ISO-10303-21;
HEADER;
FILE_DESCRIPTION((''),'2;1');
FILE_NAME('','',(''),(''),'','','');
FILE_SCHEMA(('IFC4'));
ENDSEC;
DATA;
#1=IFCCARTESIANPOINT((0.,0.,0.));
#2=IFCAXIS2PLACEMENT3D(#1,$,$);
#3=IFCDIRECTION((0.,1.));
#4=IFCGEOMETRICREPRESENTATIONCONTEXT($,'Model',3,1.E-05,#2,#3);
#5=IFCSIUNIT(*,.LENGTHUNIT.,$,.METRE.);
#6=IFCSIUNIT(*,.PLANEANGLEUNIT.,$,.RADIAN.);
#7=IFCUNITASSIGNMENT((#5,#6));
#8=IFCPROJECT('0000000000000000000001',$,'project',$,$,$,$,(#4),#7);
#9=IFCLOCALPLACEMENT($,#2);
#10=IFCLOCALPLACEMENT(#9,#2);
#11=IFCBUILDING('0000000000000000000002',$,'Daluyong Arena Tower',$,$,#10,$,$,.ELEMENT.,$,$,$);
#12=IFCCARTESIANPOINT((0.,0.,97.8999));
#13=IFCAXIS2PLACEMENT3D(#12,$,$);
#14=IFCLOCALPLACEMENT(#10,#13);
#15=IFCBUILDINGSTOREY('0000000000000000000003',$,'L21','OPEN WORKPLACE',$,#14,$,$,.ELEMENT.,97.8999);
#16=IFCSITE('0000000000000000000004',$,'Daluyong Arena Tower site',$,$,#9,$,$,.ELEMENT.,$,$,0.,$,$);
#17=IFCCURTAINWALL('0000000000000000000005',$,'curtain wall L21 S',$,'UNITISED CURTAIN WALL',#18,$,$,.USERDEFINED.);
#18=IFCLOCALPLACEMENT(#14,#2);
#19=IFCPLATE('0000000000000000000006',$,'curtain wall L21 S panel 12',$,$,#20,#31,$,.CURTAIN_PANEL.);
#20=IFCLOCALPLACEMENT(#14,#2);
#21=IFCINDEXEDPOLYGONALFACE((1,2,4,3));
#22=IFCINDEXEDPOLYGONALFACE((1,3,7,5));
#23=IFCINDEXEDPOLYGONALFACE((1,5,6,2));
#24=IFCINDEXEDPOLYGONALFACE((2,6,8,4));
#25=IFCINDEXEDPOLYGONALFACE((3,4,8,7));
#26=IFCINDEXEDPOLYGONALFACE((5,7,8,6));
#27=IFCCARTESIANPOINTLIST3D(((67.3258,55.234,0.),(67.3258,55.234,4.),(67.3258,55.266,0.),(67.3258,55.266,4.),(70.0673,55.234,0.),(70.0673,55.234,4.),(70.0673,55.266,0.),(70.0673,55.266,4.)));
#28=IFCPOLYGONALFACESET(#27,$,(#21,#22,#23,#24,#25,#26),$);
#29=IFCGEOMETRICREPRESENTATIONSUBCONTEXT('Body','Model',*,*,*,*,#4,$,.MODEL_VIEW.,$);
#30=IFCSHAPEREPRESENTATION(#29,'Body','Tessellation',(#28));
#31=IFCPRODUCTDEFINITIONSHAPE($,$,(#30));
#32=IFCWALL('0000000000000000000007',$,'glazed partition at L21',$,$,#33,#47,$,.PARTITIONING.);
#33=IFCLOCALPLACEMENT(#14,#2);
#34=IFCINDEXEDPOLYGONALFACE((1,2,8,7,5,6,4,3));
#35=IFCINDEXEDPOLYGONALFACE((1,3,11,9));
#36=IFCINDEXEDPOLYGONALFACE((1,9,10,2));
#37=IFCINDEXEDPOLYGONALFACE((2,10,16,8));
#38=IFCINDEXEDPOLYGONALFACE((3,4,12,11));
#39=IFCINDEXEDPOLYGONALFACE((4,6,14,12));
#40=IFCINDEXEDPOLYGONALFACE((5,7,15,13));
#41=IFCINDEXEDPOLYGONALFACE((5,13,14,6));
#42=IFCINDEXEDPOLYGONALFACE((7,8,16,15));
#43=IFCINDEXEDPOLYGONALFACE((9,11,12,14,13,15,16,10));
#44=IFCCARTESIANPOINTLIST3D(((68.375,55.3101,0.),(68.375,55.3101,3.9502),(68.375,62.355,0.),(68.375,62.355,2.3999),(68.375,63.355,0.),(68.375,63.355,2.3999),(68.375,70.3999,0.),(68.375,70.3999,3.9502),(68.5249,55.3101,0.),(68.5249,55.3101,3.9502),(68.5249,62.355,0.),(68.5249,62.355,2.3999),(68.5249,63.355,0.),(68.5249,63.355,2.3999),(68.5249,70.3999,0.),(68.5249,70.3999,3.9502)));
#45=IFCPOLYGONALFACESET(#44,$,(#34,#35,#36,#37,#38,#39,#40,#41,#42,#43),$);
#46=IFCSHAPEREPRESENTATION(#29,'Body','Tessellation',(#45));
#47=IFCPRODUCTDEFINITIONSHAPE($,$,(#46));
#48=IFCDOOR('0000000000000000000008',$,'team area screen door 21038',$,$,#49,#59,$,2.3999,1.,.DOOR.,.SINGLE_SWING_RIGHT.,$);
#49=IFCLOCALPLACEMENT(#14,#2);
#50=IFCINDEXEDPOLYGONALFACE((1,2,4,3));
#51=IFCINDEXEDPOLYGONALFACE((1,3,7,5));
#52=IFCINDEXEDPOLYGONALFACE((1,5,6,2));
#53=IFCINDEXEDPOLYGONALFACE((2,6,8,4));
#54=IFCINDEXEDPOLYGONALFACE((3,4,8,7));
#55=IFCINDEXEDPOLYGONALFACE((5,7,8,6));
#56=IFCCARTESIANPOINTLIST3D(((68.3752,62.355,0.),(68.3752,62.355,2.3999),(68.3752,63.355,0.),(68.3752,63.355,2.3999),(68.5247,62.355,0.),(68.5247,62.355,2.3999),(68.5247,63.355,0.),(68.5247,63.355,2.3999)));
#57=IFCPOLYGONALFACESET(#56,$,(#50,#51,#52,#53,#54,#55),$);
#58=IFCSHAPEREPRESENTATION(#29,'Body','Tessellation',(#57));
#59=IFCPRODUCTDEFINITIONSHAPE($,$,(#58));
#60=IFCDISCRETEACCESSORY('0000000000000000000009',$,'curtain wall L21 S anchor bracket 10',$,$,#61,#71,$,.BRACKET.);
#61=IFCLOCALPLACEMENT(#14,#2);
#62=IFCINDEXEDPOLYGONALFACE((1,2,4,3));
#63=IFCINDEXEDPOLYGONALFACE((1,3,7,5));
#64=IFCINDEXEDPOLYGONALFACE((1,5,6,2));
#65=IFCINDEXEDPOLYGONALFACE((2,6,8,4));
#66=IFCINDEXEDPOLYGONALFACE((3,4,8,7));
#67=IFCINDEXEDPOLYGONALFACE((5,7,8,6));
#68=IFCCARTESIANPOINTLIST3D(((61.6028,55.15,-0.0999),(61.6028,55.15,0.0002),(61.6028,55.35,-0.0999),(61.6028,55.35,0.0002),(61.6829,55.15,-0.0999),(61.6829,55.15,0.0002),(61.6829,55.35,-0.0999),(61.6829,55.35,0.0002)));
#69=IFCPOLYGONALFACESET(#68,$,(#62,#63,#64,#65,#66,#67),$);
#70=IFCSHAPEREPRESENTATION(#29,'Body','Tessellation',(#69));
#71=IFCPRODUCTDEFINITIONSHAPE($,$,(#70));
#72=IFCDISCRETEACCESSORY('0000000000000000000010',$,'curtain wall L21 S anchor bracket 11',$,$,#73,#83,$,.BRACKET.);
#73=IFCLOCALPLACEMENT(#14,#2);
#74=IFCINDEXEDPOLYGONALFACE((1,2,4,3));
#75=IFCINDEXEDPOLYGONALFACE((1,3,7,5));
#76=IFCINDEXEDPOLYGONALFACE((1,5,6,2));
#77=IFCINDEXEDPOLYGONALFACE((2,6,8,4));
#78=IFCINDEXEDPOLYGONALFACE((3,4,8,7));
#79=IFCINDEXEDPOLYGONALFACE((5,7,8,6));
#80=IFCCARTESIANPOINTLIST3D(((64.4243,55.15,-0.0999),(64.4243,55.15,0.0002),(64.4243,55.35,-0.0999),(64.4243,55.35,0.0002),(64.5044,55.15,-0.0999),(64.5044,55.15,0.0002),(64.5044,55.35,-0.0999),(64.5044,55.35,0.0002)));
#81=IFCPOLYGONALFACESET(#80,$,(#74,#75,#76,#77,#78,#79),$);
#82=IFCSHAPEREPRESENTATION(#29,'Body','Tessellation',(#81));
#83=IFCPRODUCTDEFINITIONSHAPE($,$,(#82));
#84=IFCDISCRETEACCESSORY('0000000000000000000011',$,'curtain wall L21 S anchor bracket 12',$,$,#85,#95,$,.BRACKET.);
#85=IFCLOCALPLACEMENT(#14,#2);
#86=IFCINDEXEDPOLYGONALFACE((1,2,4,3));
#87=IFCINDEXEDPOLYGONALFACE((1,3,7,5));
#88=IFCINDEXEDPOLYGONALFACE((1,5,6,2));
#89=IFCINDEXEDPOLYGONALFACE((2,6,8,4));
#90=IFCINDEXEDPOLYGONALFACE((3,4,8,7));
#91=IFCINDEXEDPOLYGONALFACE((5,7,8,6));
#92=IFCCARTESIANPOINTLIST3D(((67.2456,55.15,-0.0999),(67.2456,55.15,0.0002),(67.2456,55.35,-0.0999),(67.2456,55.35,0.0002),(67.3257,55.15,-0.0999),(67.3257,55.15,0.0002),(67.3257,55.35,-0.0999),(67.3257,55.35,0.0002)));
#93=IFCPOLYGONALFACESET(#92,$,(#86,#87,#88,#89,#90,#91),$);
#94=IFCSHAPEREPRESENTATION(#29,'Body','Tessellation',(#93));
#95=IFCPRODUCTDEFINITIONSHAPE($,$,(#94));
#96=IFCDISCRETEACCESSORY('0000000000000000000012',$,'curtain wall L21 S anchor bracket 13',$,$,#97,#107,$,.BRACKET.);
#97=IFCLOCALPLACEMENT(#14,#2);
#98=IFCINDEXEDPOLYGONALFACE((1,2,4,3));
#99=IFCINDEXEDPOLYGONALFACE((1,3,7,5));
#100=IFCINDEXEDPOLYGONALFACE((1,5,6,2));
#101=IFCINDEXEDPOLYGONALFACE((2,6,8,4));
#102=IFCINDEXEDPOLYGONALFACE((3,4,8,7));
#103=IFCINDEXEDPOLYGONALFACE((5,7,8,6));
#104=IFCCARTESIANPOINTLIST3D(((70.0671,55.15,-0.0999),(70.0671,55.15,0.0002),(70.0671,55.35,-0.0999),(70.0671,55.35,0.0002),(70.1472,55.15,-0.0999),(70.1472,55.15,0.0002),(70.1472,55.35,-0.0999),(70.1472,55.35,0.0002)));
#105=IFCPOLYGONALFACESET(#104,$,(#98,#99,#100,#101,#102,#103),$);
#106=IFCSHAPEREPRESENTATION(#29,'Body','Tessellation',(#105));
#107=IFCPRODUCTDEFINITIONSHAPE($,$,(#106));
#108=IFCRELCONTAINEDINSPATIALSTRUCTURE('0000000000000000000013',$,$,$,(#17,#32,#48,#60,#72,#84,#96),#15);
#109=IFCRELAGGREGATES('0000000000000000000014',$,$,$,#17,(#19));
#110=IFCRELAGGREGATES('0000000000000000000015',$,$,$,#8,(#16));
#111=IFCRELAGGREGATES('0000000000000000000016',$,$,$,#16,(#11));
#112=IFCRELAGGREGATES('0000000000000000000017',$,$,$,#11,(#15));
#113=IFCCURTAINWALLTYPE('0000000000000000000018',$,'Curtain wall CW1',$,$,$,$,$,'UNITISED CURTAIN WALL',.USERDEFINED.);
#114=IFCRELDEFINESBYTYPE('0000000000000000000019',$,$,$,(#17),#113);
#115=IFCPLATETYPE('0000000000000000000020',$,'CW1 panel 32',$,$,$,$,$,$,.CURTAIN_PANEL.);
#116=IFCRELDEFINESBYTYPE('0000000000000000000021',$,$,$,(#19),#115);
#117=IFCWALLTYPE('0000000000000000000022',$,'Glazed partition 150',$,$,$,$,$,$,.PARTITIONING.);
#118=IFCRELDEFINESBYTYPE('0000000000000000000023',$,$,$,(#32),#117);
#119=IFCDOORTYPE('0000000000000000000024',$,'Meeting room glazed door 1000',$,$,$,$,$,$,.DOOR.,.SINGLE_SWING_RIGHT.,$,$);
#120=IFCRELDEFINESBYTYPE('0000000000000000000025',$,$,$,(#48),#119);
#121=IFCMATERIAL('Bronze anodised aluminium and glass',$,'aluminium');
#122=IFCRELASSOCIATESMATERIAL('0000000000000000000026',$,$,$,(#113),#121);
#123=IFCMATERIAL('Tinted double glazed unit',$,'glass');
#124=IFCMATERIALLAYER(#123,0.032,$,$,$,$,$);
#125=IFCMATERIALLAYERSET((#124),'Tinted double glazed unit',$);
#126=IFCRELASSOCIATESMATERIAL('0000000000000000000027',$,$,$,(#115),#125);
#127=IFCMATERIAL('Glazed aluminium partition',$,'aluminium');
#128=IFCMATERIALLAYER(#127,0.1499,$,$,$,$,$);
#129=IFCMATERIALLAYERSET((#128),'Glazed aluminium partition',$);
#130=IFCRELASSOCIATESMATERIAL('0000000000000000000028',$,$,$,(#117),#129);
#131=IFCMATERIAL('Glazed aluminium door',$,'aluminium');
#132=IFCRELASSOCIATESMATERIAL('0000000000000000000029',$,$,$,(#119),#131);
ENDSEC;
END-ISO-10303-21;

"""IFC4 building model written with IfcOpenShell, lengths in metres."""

from ifc_helpers import new_model, si_unit, direction, frame, frame_2d, origin, origin_2d, place, context, subcontext, project, spatial, rectangle, extrude, material, layer, layer_set, type_object, element, fill, aggregate, save


model = new_model("IFC4")

# Units and contexts
model_context = context("Model", 3, precision=1e-05, world=origin(), true_north=direction((0.0, 1.0)))
body_context = subcontext(model_context, "Body", "Model", "MODEL_VIEW")
ifc_project = project(units=[si_unit("LENGTHUNIT", "METRE"), si_unit("PLANEANGLEUNIT", "RADIAN")], contexts=[model_context])

# Site, building, storey
site_placement = place(None, origin())
site = spatial("IfcSite", under=ifc_project, at=site_placement, Name="Daluyong Arena Tower site", CompositionType="ELEMENT", RefElevation=0.0)
building_placement = place(site_placement, origin())
building = spatial("IfcBuilding", under=site, at=building_placement, Name="Daluyong Arena Tower", CompositionType="ELEMENT")
storey_placement = place(building_placement, frame((0.0, 0.0, 97.8999)))
storey = spatial("IfcBuildingStorey", under=building, at=storey_placement, Name="L21", Description="OPEN WORKPLACE", CompositionType="ELEMENT", Elevation=97.8999)

# Curtain wall
ifc_material_1 = material(Name="Bronze anodised aluminium and glass", Category="aluminium")
curtain_wall_type = type_object("IfcCurtainWallType", Name="Curtain wall CW1", ElementType="UNITISED CURTAIN WALL", PredefinedType="USERDEFINED", material=ifc_material_1)
curtain_wall_placement = place(storey_placement, origin())
curtain_wall = element("IfcCurtainWall", 1, at=curtain_wall_placement, inside=storey, type_object=curtain_wall_type, Name="curtain wall L21 S", ObjectType="UNITISED CURTAIN WALL", PredefinedType="USERDEFINED")

# Plate
ifc_material_2 = material(Name="Tinted double glazed unit", Category="glass")
ifc_layer_1 = layer(ifc_material_2, 0.032)
ifc_layer_set_1 = layer_set([ifc_layer_1], Name="Tinted double glazed unit")
plate_type = type_object("IfcPlateType", Name="CW1 panel 32", PredefinedType="CURTAIN_PANEL", material=ifc_layer_set_1)
plate_1_placement = place(storey_placement, frame((68.6965, 55.25, 0.0), z_axis=(0.0, 0.0, 1.0), x_axis=(1.0, 0.0, 0.0)))
plate_1 = element("IfcPlate", 2, at=plate_1_placement, type_object=plate_type, Name="curtain wall L21 S panel 12", PredefinedType="CURTAIN_PANEL", context=body_context, shape_type="SweptSolid", body=[
    extrude(rectangle(XDim=2.7415, YDim=0.032, at=origin_2d()), origin(), (0.0, 0.0, 1.0), 4.0),
])
aggregate(curtain_wall, [plate_1])

# Wall, opening, door
ifc_material_3 = material(Name="Glazed aluminium partition", Category="aluminium")
ifc_layer_2 = layer(ifc_material_3, 0.1499)
ifc_layer_set_2 = layer_set([ifc_layer_2], Name="Glazed aluminium partition")
wall_type = type_object("IfcWallType", Name="Glazed partition 150", PredefinedType="PARTITIONING", material=ifc_layer_set_2)
wall_placement = place(storey_placement, frame((68.45, 55.3101, 0.0), z_axis=(0.0, 0.0, 1.0), x_axis=(0.0, 1.0, 0.0)))
wall = element("IfcWall", 3, at=wall_placement, inside=storey, type_object=wall_type, Name="glazed partition at L21", PredefinedType="PARTITIONING", context=body_context, shape_type="SweptSolid", body=[
    extrude(rectangle(XDim=15.0898, YDim=0.1499, at=frame_2d((7.5449, 0.0))), origin(), (0.0, 0.0, 1.0), 3.9502),
])
opening_placement = place(wall_placement, frame((7.0449, 0.0, 0.0)))
opening = element("IfcOpeningElement", 4, at=opening_placement, cuts=wall, PredefinedType="OPENING", context=body_context, shape_type="SweptSolid", body=[
    extrude(rectangle(XDim=1.0, YDim=2.3999, at=frame_2d((0.5, 1.2))), frame((0.0, 0.085, 0.0), z_axis=(0.0, -1.0, 0.0), x_axis=(1.0, 0.0, 0.0)), (0.0, 0.0, 1.0), 0.1699),
])
ifc_material_4 = material(Name="Glazed aluminium door", Category="aluminium")
door_type = type_object("IfcDoorType", Name="Meeting room glazed door 1000", OperationType="SINGLE_SWING_RIGHT", PredefinedType="DOOR", material=ifc_material_4)
door_placement = place(opening_placement, origin())
door = element("IfcDoor", 5, at=door_placement, inside=storey, type_object=door_type, Name="team area screen door 21038", OperationType="SINGLE_SWING_RIGHT", OverallHeight=2.3999, OverallWidth=1.0, PredefinedType="DOOR", context=body_context, shape_type="SweptSolid", body=[
    extrude(rectangle(XDim=1.0, YDim=2.3999, at=frame_2d((0.5, 1.2))), frame((0.0, 0.0747, 0.0), z_axis=(0.0, -1.0, 0.0), x_axis=(1.0, 0.0, 0.0)), (0.0, 0.0, 1.0), 0.1494),
])
fill(opening, door)

# Discrete accessories
for number, where, z_axis, x_axis, name in (
    (6, (61.6428, 55.25, -0.0999), (0.0, 0.0, 1.0), (1.0, 0.0, 0.0), "curtain wall L21 S anchor bracket 10"),
    (7, (64.4644, 55.25, -0.0999), (0.0, 0.0, 1.0), (1.0, 0.0, 0.0), "curtain wall L21 S anchor bracket 11"),
    (8, (67.2856, 55.25, -0.0999), (0.0, 0.0, 1.0), (1.0, 0.0, 0.0), "curtain wall L21 S anchor bracket 12"),
    (9, (70.1072, 55.25, -0.0999), (0.0, 0.0, 1.0), (1.0, 0.0, 0.0), "curtain wall L21 S anchor bracket 13"),
):
    element("IfcDiscreteAccessory", number, at=place(storey_placement, frame(where, z_axis=z_axis, x_axis=x_axis)), inside=storey, Name=name, PredefinedType="BRACKET", context=body_context, shape_type="SweptSolid", body=[
        extrude(rectangle(XDim=0.0801, YDim=0.2, at=origin_2d()), origin(), (0.0, 0.0, 1.0), 0.1001),
    ])

save(model, "model.ifc")
